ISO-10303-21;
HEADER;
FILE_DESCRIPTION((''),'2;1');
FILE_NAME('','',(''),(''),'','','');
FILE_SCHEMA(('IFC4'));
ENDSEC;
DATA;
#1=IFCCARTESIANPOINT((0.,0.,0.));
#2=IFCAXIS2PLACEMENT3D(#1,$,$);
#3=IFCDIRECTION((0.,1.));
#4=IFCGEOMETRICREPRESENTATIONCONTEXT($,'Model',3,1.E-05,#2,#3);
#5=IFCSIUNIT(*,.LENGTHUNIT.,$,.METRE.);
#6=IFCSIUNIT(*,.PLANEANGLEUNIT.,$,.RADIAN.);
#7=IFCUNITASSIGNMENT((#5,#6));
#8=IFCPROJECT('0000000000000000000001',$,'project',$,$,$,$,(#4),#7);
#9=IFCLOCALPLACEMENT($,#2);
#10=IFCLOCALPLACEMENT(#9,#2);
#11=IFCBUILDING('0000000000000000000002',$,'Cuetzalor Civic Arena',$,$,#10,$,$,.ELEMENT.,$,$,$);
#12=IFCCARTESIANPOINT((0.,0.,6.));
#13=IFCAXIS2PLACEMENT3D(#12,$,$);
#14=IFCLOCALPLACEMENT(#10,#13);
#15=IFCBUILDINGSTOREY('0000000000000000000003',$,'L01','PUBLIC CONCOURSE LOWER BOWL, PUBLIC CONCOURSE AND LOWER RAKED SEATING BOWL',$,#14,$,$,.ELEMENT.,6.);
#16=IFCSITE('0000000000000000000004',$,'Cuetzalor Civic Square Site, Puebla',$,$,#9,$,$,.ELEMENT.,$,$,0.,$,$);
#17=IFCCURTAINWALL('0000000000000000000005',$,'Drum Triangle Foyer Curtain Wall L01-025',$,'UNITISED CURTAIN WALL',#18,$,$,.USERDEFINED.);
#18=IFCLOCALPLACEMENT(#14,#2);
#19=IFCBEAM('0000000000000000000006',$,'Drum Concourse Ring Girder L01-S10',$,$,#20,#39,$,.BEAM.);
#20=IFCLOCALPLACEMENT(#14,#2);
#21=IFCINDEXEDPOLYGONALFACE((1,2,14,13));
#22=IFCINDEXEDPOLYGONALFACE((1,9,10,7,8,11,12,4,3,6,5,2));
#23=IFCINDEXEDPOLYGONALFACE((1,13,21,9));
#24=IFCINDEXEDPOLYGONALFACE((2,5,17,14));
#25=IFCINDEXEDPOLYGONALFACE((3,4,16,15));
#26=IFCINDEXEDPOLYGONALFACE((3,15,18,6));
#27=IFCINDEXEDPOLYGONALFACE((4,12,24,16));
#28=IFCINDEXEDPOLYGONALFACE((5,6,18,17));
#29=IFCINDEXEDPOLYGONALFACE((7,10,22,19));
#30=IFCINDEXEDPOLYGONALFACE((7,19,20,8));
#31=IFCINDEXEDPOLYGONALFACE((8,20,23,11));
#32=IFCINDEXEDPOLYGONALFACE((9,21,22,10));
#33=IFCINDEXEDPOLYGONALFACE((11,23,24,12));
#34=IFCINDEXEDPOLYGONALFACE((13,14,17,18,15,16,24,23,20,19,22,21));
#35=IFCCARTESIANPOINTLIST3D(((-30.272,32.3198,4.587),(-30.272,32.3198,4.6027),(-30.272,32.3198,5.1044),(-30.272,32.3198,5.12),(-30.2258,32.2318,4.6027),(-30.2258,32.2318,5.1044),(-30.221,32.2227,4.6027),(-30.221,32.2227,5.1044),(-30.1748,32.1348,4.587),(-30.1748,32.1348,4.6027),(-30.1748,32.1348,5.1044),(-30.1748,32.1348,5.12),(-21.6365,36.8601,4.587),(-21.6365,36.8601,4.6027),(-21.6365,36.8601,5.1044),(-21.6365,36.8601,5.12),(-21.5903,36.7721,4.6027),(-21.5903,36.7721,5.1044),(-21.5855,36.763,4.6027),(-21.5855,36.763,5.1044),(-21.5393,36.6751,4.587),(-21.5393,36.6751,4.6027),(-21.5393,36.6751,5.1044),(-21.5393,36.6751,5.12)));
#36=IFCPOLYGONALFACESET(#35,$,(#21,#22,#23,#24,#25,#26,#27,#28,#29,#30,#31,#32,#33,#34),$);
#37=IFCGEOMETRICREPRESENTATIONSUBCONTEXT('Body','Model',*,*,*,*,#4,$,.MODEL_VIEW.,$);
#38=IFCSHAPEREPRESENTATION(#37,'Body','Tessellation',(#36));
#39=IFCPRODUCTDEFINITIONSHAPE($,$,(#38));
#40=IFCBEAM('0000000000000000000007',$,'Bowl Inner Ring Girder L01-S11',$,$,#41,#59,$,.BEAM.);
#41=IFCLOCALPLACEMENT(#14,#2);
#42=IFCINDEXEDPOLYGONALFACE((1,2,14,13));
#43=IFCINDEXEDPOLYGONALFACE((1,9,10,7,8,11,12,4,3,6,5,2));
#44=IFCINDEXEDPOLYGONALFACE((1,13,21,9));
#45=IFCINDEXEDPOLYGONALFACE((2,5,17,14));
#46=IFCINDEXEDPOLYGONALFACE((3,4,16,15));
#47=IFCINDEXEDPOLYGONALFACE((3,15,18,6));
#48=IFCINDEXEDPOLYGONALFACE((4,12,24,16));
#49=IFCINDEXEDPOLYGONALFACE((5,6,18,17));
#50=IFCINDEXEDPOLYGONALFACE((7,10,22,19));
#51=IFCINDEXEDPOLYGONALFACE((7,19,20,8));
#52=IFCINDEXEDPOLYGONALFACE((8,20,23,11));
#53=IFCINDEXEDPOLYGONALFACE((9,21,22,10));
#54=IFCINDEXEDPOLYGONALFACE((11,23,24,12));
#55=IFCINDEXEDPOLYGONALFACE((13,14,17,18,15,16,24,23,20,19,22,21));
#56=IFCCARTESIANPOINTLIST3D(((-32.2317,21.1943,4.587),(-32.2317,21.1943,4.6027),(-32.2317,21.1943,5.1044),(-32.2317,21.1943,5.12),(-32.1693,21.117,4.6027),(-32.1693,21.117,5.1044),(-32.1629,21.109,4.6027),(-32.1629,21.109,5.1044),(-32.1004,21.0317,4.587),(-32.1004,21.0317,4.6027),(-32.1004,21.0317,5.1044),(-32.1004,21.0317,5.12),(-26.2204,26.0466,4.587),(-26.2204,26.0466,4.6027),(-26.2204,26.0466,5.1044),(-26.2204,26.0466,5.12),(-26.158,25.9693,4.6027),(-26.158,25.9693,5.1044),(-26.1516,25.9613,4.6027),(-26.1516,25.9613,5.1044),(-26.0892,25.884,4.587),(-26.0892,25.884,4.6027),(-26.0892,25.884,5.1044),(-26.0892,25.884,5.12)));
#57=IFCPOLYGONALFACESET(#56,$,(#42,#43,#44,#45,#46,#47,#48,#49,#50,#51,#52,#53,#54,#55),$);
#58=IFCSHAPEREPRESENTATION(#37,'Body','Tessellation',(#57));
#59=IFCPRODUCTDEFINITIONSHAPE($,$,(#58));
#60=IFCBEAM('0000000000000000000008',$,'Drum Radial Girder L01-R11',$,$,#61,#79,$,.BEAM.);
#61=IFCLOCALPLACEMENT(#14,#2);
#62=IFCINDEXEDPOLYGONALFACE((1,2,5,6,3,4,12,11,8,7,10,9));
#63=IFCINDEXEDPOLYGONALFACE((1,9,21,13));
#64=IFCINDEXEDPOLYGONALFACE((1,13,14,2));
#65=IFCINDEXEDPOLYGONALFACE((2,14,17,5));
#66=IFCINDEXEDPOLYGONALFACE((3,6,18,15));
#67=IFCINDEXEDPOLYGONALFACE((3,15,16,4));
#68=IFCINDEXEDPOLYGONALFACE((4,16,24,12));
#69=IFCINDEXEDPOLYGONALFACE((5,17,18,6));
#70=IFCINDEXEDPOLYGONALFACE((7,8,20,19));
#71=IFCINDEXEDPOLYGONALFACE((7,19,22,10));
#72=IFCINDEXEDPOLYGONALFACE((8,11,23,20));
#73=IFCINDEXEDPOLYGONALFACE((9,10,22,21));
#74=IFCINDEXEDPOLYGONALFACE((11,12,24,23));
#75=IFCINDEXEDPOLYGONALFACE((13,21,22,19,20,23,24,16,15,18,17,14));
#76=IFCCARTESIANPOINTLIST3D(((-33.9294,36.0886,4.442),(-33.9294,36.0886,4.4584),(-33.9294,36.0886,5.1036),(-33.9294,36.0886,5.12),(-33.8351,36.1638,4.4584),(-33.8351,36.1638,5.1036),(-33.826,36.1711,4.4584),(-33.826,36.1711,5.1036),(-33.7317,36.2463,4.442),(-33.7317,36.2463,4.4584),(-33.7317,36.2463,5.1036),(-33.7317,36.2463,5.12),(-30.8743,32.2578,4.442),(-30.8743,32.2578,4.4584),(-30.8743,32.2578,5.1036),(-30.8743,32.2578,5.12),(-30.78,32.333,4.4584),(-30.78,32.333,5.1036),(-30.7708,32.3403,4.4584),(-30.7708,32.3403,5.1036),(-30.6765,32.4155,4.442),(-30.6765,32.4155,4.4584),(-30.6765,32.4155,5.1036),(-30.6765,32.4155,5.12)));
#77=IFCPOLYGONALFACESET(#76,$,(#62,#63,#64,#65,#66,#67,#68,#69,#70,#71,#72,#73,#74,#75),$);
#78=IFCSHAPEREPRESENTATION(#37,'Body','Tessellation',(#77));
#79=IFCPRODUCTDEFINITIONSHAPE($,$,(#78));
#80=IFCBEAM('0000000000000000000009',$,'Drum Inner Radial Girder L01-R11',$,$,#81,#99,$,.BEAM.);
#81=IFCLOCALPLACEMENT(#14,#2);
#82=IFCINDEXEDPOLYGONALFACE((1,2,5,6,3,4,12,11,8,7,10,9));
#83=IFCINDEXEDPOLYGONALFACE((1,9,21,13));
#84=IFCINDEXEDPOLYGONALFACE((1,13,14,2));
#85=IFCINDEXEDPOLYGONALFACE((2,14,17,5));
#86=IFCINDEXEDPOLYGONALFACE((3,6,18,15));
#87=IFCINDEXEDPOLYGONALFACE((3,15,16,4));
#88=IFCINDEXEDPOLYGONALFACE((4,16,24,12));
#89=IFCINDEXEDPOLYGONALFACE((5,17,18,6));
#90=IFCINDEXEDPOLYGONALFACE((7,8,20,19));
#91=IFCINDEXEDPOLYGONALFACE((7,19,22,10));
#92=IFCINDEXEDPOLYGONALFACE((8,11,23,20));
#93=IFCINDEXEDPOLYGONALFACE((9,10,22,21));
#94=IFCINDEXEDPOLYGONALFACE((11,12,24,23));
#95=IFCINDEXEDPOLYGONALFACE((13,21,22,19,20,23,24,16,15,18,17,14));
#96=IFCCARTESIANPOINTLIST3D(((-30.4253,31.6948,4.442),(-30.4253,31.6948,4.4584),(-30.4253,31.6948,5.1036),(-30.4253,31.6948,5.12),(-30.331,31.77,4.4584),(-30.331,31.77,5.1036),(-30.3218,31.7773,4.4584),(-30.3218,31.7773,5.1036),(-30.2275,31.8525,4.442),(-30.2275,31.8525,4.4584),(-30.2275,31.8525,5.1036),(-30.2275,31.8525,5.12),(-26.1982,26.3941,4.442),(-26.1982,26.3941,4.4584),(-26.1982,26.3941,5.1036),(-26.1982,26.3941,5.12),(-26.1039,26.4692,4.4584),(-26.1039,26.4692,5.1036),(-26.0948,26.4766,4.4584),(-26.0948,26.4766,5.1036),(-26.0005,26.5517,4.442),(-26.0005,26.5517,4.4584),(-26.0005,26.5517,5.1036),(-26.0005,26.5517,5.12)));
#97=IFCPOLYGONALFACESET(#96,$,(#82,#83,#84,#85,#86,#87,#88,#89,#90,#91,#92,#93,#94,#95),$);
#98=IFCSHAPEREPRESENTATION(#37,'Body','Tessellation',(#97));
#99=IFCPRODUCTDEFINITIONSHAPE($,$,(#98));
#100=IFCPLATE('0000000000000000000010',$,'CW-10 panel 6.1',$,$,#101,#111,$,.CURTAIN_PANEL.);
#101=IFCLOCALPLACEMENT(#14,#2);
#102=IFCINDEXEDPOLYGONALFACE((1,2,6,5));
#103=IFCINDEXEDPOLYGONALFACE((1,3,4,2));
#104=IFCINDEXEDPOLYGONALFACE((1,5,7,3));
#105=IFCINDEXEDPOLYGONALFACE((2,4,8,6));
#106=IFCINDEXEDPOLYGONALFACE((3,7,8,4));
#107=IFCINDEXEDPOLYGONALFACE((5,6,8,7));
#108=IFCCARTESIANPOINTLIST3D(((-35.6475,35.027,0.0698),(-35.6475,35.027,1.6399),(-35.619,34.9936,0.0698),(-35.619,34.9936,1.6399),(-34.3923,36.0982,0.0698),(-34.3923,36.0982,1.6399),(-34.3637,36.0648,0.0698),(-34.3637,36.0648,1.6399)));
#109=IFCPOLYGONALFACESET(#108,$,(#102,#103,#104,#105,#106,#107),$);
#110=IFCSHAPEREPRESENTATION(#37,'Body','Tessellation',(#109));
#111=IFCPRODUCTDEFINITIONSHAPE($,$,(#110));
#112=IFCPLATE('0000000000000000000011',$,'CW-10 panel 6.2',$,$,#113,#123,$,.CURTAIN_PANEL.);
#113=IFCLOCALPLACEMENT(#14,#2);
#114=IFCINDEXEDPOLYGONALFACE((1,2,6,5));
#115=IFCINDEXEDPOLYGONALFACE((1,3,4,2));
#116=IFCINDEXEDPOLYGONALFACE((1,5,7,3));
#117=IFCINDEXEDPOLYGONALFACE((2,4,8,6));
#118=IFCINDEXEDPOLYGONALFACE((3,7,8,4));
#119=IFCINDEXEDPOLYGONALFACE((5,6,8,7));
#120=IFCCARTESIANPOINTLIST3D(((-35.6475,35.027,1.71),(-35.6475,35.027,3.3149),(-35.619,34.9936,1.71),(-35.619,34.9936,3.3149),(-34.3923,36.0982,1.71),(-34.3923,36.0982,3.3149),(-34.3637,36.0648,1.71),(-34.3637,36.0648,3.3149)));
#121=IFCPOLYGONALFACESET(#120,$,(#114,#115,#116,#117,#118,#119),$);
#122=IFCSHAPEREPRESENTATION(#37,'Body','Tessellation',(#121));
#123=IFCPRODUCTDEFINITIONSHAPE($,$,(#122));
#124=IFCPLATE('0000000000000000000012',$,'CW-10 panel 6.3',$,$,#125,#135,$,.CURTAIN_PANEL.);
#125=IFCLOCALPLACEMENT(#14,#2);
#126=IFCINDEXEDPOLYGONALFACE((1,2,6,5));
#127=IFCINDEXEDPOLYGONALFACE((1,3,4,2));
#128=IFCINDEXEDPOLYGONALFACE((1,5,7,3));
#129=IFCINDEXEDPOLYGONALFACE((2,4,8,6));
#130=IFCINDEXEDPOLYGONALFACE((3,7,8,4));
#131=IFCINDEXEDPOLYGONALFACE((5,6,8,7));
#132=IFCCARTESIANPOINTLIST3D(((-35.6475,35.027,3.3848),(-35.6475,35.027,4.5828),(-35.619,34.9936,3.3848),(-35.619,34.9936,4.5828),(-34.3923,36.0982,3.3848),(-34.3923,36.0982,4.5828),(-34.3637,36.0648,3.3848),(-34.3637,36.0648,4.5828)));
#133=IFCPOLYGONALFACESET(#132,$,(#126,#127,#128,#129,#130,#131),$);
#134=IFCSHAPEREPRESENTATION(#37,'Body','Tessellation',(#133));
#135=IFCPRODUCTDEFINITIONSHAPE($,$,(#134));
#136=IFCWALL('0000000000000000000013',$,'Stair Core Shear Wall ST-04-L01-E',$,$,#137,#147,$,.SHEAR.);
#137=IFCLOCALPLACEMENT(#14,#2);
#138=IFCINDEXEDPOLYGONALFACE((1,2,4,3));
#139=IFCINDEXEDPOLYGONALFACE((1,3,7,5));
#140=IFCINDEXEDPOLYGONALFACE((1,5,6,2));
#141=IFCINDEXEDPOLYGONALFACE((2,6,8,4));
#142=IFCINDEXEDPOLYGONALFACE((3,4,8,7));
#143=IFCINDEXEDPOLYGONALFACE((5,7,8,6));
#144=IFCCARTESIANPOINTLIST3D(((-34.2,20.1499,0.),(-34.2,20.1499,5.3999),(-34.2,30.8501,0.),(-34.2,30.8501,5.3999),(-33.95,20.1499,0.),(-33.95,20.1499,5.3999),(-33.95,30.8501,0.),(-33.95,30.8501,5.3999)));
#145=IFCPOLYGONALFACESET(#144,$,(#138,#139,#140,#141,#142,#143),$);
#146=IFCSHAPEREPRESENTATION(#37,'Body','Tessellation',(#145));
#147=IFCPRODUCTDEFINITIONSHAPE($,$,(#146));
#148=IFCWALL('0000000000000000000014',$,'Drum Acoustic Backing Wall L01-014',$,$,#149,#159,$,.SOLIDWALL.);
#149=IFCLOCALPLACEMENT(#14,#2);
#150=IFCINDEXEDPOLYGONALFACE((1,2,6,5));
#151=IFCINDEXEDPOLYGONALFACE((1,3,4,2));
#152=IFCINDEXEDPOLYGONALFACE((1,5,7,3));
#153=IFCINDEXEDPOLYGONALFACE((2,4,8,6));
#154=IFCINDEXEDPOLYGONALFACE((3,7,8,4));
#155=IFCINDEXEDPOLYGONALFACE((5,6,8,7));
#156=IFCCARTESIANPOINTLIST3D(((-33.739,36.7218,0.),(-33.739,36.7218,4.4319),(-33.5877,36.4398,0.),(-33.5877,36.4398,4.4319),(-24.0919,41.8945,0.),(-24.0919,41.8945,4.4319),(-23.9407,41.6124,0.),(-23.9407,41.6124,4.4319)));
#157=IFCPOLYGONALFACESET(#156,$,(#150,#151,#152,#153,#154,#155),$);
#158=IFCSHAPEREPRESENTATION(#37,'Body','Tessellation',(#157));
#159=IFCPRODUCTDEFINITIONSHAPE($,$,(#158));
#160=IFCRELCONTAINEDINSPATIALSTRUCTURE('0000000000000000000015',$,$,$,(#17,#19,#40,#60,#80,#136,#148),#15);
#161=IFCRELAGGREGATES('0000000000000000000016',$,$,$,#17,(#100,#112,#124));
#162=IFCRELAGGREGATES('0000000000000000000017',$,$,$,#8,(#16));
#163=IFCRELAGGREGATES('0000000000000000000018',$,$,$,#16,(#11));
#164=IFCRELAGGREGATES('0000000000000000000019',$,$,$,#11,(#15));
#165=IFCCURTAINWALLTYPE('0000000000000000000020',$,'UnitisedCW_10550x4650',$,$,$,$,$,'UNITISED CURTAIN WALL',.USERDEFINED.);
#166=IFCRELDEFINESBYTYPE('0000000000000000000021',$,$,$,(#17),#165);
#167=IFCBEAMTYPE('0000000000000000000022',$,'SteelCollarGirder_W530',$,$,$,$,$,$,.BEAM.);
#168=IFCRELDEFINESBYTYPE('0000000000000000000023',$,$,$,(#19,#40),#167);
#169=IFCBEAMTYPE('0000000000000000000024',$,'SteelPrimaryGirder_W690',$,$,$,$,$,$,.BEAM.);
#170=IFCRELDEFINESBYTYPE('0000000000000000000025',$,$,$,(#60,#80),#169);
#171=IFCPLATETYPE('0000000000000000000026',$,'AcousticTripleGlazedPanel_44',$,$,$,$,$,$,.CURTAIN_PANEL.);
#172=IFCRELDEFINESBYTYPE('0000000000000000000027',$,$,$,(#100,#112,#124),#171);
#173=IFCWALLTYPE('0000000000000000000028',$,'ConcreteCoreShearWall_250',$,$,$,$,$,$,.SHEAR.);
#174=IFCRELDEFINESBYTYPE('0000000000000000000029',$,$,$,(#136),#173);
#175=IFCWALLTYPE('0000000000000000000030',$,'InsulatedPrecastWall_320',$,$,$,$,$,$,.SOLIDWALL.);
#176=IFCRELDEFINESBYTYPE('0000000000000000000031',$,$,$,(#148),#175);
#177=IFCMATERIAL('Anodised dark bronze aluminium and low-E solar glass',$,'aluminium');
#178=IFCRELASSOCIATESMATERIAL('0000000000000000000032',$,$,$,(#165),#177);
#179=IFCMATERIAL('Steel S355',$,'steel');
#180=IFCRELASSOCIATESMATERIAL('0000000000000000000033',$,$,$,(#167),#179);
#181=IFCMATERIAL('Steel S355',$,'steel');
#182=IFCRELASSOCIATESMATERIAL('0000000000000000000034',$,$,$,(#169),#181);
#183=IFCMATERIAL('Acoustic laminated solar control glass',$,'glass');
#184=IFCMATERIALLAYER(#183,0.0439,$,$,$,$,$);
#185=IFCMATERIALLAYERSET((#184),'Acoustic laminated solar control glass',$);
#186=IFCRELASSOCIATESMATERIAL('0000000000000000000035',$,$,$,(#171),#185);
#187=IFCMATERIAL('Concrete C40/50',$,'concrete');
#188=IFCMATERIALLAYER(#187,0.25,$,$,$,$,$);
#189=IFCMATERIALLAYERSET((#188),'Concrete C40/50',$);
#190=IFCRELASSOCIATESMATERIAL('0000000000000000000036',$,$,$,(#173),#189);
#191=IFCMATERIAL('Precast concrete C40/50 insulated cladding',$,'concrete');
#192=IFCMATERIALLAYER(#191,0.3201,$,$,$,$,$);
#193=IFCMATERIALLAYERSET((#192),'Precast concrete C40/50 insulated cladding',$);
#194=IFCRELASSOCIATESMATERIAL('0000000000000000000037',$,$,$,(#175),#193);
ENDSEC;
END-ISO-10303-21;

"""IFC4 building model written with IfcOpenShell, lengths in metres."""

from ifc_helpers import new_model, si_unit, direction, frame, frame_2d, origin, origin_2d, place, context, subcontext, project, spatial, rectangle, i_section, extrude, material, layer, layer_set, material_profile, profile_set, type_object, element, aggregate, save


model = new_model("IFC4")

# Units and contexts
model_context = context("Model", 3, precision=1e-05, world=origin(), true_north=direction((0.0, 1.0)))
body_context = subcontext(model_context, "Body", "Model", "MODEL_VIEW")
ifc_project = project(units=[si_unit("LENGTHUNIT", "METRE"), si_unit("PLANEANGLEUNIT", "RADIAN")], contexts=[model_context])

# Site, building, storey
site_placement = place(None, origin())
site = spatial("IfcSite", under=ifc_project, at=site_placement, Name="Cuetzalor Civic Square Site, Puebla", CompositionType="ELEMENT", RefElevation=0.0)
building_placement = place(site_placement, origin())
building = spatial("IfcBuilding", under=site, at=building_placement, Name="Cuetzalor Civic Arena", CompositionType="ELEMENT")
storey_placement = place(building_placement, frame((0.0, 0.0, 6.0)))
storey = spatial("IfcBuildingStorey", under=building, at=storey_placement, Name="L01", Description="PUBLIC CONCOURSE LOWER BOWL, PUBLIC CONCOURSE AND LOWER RAKED SEATING BOWL", CompositionType="ELEMENT", Elevation=6.0)

# Curtain wall
ifc_material_1 = material(Name="Anodised dark bronze aluminium and low-E solar glass", Category="aluminium")
curtain_wall_type = type_object("IfcCurtainWallType", Name="UnitisedCW_10550x4650", ElementType="UNITISED CURTAIN WALL", PredefinedType="USERDEFINED", material=ifc_material_1)
curtain_wall_placement = place(storey_placement, origin())
curtain_wall = element("IfcCurtainWall", 1, at=curtain_wall_placement, inside=storey, type_object=curtain_wall_type, Name="Drum Triangle Foyer Curtain Wall L01-025", ObjectType="UNITISED CURTAIN WALL", PredefinedType="USERDEFINED")

# Beams
ifc_material_2 = material(Name="Steel S355", Category="steel")
ifc_material_profile_1 = material_profile(ifc_material_2, i_section(OverallWidth=0.209, OverallDepth=0.533, WebThickness=0.0103, FlangeThickness=0.0156, at=origin_2d()), Name="W530x92")
ifc_profile_set_1 = profile_set([ifc_material_profile_1], Name="Steel S355")
beam_type_1 = type_object("IfcBeamType", Name="SteelCollarGirder_W530", PredefinedType="BEAM", material=ifc_profile_set_1)
beam_1_placement = place(storey_placement, frame((-21.5879, 36.7676, 4.8535), z_axis=(-0.885117, -0.465368, 0.0), x_axis=(0.465368, -0.885117, 0.0)))
element("IfcBeam", 2, at=beam_1_placement, inside=storey, type_object=beam_type_1, Name="Drum Concourse Ring Girder L01-S10", PredefinedType="BEAM", context=body_context, shape_type="SweptSolid", body=[
    extrude(i_section(OverallWidth=0.209, OverallDepth=0.533, WebThickness=0.0103, FlangeThickness=0.0156, at=origin_2d()), origin(), (0.0, 0.0, 1.0), 9.7563),
])
beam_2_placement = place(storey_placement, frame((-26.1548, 25.9653, 4.8535), z_axis=(-0.778127, -0.628108, 0.0), x_axis=(0.628108, -0.778127, 0.0)))
element("IfcBeam", 3, at=beam_2_placement, inside=storey, type_object=beam_type_1, Name="Bowl Inner Ring Girder L01-S11", PredefinedType="BEAM", context=body_context, shape_type="SweptSolid", body=[
    extrude(i_section(OverallWidth=0.209, OverallDepth=0.533, WebThickness=0.0103, FlangeThickness=0.0156, at=origin_2d()), origin(), (0.0, 0.0, 1.0), 7.7253),
])
ifc_material_3 = material(Name="Steel S355", Category="steel")
ifc_material_profile_2 = material_profile(ifc_material_3, i_section(OverallWidth=0.2529, OverallDepth=0.678, WebThickness=0.0117, FlangeThickness=0.0164, at=origin_2d()), Name="W690x125")
ifc_profile_set_2 = profile_set([ifc_material_profile_2], Name="Steel S355")
beam_type_2 = type_object("IfcBeamType", Name="SteelPrimaryGirder_W690", PredefinedType="BEAM", material=ifc_profile_set_2)
beam_3_placement = place(storey_placement, frame((-30.7754, 32.3367, 4.781), z_axis=(-0.623516, 0.781811, 0.0), x_axis=(-0.781811, -0.623516, 0.0)))
element("IfcBeam", 4, at=beam_3_placement, inside=storey, type_object=beam_type_2, Name="Drum Radial Girder L01-R11", PredefinedType="BEAM", context=body_context, shape_type="SweptSolid", body=[
    extrude(i_section(OverallWidth=0.2529, OverallDepth=0.678, WebThickness=0.0117, FlangeThickness=0.0164, at=origin_2d()), origin(), (0.0, 0.0, 1.0), 4.8999),
])
beam_4_placement = place(storey_placement, frame((-26.0994, 26.4729, 4.781), z_axis=(-0.623473, 0.781845, 0.0), x_axis=(-0.781845, -0.623473, 0.0)))
element("IfcBeam", 5, at=beam_4_placement, inside=storey, type_object=beam_type_2, Name="Drum Inner Radial Girder L01-R11", PredefinedType="BEAM", context=body_context, shape_type="SweptSolid", body=[
    extrude(i_section(OverallWidth=0.2529, OverallDepth=0.678, WebThickness=0.0117, FlangeThickness=0.0164, at=origin_2d()), origin(), (0.0, 0.0, 1.0), 6.7798),
])

# Plates
ifc_material_4 = material(Name="Acoustic laminated solar control glass", Category="glass")
ifc_layer_1 = layer(ifc_material_4, 0.0439)
ifc_layer_set_1 = layer_set([ifc_layer_1], Name="Acoustic laminated solar control glass")
plate_type = type_object("IfcPlateType", Name="AcousticTripleGlazedPanel_44", PredefinedType="CURTAIN_PANEL", material=ifc_layer_set_1)
plate_1_placement = place(storey_placement, frame((-35.0056, 35.5459, 0.0698), z_axis=(0.0, 0.0, 1.0), x_axis=(0.760677, 0.64913, 0.0)))
plate_1 = element("IfcPlate", 6, at=plate_1_placement, type_object=plate_type, Name="CW-10 panel 6.1", PredefinedType="CURTAIN_PANEL", context=body_context, shape_type="SweptSolid", body=[
    extrude(rectangle(XDim=1.6501, YDim=0.0439, at=origin_2d()), origin(), (0.0, 0.0, 1.0), 1.5701),
])
plate_2_placement = place(storey_placement, frame((-35.0056, 35.5459, 1.71), z_axis=(0.0, 0.0, 1.0), x_axis=(0.760677, 0.64913, 0.0)))
plate_2 = element("IfcPlate", 7, at=plate_2_placement, type_object=plate_type, Name="CW-10 panel 6.2", PredefinedType="CURTAIN_PANEL", context=body_context, shape_type="SweptSolid", body=[
    extrude(rectangle(XDim=1.6501, YDim=0.0439, at=origin_2d()), origin(), (0.0, 0.0, 1.0), 1.605),
])
plate_3_placement = place(storey_placement, frame((-35.0056, 35.5459, 3.3848), z_axis=(0.0, 0.0, 1.0), x_axis=(0.760677, 0.64913, 0.0)))
plate_3 = element("IfcPlate", 8, at=plate_3_placement, type_object=plate_type, Name="CW-10 panel 6.3", PredefinedType="CURTAIN_PANEL", context=body_context, shape_type="SweptSolid", body=[
    extrude(rectangle(XDim=1.6501, YDim=0.0439, at=origin_2d()), origin(), (0.0, 0.0, 1.0), 1.198),
])
aggregate(curtain_wall, [plate_1, plate_2, plate_3])

# Walls
ifc_material_5 = material(Name="Concrete C40/50", Category="concrete")
ifc_layer_2 = layer(ifc_material_5, 0.25)
ifc_layer_set_2 = layer_set([ifc_layer_2], Name="Concrete C40/50")
wall_type_1 = type_object("IfcWallType", Name="ConcreteCoreShearWall_250", PredefinedType="SHEAR", material=ifc_layer_set_2)
wall_1_placement = place(storey_placement, frame((-34.075, 30.8501, 0.0), z_axis=(0.0, 0.0, 1.0), x_axis=(0.0, -1.0, 0.0)))
element("IfcWall", 9, at=wall_1_placement, inside=storey, type_object=wall_type_1, Name="Stair Core Shear Wall ST-04-L01-E", PredefinedType="SHEAR", context=body_context, shape_type="SweptSolid", body=[
    extrude(rectangle(XDim=10.7002, YDim=0.25, at=frame_2d((5.3501, 0.0))), origin(), (0.0, 0.0, 1.0), 5.3999),
])
ifc_material_6 = material(Name="Precast concrete C40/50 insulated cladding", Category="concrete")
ifc_layer_3 = layer(ifc_material_6, 0.3201)
ifc_layer_set_3 = layer_set([ifc_layer_3], Name="Precast concrete C40/50 insulated cladding")
wall_type_2 = type_object("IfcWallType", Name="InsulatedPrecastWall_320", PredefinedType="SOLIDWALL", material=ifc_layer_set_3)
wall_2_placement = place(storey_placement, frame((-33.6633, 36.5808, 0.0), z_axis=(0.0, 0.0, 1.0), x_axis=(0.881306, 0.472547, 0.0)))
element("IfcWall", 10, at=wall_2_placement, inside=storey, type_object=wall_type_2, Name="Drum Acoustic Backing Wall L01-014", PredefinedType="SOLIDWALL", context=body_context, shape_type="SweptSolid", body=[
    extrude(rectangle(XDim=10.9463, YDim=0.3201, at=frame_2d((5.4731, 0.0))), origin(), (0.0, 0.0, 1.0), 4.4319),
])

save(model, "model.ifc")
